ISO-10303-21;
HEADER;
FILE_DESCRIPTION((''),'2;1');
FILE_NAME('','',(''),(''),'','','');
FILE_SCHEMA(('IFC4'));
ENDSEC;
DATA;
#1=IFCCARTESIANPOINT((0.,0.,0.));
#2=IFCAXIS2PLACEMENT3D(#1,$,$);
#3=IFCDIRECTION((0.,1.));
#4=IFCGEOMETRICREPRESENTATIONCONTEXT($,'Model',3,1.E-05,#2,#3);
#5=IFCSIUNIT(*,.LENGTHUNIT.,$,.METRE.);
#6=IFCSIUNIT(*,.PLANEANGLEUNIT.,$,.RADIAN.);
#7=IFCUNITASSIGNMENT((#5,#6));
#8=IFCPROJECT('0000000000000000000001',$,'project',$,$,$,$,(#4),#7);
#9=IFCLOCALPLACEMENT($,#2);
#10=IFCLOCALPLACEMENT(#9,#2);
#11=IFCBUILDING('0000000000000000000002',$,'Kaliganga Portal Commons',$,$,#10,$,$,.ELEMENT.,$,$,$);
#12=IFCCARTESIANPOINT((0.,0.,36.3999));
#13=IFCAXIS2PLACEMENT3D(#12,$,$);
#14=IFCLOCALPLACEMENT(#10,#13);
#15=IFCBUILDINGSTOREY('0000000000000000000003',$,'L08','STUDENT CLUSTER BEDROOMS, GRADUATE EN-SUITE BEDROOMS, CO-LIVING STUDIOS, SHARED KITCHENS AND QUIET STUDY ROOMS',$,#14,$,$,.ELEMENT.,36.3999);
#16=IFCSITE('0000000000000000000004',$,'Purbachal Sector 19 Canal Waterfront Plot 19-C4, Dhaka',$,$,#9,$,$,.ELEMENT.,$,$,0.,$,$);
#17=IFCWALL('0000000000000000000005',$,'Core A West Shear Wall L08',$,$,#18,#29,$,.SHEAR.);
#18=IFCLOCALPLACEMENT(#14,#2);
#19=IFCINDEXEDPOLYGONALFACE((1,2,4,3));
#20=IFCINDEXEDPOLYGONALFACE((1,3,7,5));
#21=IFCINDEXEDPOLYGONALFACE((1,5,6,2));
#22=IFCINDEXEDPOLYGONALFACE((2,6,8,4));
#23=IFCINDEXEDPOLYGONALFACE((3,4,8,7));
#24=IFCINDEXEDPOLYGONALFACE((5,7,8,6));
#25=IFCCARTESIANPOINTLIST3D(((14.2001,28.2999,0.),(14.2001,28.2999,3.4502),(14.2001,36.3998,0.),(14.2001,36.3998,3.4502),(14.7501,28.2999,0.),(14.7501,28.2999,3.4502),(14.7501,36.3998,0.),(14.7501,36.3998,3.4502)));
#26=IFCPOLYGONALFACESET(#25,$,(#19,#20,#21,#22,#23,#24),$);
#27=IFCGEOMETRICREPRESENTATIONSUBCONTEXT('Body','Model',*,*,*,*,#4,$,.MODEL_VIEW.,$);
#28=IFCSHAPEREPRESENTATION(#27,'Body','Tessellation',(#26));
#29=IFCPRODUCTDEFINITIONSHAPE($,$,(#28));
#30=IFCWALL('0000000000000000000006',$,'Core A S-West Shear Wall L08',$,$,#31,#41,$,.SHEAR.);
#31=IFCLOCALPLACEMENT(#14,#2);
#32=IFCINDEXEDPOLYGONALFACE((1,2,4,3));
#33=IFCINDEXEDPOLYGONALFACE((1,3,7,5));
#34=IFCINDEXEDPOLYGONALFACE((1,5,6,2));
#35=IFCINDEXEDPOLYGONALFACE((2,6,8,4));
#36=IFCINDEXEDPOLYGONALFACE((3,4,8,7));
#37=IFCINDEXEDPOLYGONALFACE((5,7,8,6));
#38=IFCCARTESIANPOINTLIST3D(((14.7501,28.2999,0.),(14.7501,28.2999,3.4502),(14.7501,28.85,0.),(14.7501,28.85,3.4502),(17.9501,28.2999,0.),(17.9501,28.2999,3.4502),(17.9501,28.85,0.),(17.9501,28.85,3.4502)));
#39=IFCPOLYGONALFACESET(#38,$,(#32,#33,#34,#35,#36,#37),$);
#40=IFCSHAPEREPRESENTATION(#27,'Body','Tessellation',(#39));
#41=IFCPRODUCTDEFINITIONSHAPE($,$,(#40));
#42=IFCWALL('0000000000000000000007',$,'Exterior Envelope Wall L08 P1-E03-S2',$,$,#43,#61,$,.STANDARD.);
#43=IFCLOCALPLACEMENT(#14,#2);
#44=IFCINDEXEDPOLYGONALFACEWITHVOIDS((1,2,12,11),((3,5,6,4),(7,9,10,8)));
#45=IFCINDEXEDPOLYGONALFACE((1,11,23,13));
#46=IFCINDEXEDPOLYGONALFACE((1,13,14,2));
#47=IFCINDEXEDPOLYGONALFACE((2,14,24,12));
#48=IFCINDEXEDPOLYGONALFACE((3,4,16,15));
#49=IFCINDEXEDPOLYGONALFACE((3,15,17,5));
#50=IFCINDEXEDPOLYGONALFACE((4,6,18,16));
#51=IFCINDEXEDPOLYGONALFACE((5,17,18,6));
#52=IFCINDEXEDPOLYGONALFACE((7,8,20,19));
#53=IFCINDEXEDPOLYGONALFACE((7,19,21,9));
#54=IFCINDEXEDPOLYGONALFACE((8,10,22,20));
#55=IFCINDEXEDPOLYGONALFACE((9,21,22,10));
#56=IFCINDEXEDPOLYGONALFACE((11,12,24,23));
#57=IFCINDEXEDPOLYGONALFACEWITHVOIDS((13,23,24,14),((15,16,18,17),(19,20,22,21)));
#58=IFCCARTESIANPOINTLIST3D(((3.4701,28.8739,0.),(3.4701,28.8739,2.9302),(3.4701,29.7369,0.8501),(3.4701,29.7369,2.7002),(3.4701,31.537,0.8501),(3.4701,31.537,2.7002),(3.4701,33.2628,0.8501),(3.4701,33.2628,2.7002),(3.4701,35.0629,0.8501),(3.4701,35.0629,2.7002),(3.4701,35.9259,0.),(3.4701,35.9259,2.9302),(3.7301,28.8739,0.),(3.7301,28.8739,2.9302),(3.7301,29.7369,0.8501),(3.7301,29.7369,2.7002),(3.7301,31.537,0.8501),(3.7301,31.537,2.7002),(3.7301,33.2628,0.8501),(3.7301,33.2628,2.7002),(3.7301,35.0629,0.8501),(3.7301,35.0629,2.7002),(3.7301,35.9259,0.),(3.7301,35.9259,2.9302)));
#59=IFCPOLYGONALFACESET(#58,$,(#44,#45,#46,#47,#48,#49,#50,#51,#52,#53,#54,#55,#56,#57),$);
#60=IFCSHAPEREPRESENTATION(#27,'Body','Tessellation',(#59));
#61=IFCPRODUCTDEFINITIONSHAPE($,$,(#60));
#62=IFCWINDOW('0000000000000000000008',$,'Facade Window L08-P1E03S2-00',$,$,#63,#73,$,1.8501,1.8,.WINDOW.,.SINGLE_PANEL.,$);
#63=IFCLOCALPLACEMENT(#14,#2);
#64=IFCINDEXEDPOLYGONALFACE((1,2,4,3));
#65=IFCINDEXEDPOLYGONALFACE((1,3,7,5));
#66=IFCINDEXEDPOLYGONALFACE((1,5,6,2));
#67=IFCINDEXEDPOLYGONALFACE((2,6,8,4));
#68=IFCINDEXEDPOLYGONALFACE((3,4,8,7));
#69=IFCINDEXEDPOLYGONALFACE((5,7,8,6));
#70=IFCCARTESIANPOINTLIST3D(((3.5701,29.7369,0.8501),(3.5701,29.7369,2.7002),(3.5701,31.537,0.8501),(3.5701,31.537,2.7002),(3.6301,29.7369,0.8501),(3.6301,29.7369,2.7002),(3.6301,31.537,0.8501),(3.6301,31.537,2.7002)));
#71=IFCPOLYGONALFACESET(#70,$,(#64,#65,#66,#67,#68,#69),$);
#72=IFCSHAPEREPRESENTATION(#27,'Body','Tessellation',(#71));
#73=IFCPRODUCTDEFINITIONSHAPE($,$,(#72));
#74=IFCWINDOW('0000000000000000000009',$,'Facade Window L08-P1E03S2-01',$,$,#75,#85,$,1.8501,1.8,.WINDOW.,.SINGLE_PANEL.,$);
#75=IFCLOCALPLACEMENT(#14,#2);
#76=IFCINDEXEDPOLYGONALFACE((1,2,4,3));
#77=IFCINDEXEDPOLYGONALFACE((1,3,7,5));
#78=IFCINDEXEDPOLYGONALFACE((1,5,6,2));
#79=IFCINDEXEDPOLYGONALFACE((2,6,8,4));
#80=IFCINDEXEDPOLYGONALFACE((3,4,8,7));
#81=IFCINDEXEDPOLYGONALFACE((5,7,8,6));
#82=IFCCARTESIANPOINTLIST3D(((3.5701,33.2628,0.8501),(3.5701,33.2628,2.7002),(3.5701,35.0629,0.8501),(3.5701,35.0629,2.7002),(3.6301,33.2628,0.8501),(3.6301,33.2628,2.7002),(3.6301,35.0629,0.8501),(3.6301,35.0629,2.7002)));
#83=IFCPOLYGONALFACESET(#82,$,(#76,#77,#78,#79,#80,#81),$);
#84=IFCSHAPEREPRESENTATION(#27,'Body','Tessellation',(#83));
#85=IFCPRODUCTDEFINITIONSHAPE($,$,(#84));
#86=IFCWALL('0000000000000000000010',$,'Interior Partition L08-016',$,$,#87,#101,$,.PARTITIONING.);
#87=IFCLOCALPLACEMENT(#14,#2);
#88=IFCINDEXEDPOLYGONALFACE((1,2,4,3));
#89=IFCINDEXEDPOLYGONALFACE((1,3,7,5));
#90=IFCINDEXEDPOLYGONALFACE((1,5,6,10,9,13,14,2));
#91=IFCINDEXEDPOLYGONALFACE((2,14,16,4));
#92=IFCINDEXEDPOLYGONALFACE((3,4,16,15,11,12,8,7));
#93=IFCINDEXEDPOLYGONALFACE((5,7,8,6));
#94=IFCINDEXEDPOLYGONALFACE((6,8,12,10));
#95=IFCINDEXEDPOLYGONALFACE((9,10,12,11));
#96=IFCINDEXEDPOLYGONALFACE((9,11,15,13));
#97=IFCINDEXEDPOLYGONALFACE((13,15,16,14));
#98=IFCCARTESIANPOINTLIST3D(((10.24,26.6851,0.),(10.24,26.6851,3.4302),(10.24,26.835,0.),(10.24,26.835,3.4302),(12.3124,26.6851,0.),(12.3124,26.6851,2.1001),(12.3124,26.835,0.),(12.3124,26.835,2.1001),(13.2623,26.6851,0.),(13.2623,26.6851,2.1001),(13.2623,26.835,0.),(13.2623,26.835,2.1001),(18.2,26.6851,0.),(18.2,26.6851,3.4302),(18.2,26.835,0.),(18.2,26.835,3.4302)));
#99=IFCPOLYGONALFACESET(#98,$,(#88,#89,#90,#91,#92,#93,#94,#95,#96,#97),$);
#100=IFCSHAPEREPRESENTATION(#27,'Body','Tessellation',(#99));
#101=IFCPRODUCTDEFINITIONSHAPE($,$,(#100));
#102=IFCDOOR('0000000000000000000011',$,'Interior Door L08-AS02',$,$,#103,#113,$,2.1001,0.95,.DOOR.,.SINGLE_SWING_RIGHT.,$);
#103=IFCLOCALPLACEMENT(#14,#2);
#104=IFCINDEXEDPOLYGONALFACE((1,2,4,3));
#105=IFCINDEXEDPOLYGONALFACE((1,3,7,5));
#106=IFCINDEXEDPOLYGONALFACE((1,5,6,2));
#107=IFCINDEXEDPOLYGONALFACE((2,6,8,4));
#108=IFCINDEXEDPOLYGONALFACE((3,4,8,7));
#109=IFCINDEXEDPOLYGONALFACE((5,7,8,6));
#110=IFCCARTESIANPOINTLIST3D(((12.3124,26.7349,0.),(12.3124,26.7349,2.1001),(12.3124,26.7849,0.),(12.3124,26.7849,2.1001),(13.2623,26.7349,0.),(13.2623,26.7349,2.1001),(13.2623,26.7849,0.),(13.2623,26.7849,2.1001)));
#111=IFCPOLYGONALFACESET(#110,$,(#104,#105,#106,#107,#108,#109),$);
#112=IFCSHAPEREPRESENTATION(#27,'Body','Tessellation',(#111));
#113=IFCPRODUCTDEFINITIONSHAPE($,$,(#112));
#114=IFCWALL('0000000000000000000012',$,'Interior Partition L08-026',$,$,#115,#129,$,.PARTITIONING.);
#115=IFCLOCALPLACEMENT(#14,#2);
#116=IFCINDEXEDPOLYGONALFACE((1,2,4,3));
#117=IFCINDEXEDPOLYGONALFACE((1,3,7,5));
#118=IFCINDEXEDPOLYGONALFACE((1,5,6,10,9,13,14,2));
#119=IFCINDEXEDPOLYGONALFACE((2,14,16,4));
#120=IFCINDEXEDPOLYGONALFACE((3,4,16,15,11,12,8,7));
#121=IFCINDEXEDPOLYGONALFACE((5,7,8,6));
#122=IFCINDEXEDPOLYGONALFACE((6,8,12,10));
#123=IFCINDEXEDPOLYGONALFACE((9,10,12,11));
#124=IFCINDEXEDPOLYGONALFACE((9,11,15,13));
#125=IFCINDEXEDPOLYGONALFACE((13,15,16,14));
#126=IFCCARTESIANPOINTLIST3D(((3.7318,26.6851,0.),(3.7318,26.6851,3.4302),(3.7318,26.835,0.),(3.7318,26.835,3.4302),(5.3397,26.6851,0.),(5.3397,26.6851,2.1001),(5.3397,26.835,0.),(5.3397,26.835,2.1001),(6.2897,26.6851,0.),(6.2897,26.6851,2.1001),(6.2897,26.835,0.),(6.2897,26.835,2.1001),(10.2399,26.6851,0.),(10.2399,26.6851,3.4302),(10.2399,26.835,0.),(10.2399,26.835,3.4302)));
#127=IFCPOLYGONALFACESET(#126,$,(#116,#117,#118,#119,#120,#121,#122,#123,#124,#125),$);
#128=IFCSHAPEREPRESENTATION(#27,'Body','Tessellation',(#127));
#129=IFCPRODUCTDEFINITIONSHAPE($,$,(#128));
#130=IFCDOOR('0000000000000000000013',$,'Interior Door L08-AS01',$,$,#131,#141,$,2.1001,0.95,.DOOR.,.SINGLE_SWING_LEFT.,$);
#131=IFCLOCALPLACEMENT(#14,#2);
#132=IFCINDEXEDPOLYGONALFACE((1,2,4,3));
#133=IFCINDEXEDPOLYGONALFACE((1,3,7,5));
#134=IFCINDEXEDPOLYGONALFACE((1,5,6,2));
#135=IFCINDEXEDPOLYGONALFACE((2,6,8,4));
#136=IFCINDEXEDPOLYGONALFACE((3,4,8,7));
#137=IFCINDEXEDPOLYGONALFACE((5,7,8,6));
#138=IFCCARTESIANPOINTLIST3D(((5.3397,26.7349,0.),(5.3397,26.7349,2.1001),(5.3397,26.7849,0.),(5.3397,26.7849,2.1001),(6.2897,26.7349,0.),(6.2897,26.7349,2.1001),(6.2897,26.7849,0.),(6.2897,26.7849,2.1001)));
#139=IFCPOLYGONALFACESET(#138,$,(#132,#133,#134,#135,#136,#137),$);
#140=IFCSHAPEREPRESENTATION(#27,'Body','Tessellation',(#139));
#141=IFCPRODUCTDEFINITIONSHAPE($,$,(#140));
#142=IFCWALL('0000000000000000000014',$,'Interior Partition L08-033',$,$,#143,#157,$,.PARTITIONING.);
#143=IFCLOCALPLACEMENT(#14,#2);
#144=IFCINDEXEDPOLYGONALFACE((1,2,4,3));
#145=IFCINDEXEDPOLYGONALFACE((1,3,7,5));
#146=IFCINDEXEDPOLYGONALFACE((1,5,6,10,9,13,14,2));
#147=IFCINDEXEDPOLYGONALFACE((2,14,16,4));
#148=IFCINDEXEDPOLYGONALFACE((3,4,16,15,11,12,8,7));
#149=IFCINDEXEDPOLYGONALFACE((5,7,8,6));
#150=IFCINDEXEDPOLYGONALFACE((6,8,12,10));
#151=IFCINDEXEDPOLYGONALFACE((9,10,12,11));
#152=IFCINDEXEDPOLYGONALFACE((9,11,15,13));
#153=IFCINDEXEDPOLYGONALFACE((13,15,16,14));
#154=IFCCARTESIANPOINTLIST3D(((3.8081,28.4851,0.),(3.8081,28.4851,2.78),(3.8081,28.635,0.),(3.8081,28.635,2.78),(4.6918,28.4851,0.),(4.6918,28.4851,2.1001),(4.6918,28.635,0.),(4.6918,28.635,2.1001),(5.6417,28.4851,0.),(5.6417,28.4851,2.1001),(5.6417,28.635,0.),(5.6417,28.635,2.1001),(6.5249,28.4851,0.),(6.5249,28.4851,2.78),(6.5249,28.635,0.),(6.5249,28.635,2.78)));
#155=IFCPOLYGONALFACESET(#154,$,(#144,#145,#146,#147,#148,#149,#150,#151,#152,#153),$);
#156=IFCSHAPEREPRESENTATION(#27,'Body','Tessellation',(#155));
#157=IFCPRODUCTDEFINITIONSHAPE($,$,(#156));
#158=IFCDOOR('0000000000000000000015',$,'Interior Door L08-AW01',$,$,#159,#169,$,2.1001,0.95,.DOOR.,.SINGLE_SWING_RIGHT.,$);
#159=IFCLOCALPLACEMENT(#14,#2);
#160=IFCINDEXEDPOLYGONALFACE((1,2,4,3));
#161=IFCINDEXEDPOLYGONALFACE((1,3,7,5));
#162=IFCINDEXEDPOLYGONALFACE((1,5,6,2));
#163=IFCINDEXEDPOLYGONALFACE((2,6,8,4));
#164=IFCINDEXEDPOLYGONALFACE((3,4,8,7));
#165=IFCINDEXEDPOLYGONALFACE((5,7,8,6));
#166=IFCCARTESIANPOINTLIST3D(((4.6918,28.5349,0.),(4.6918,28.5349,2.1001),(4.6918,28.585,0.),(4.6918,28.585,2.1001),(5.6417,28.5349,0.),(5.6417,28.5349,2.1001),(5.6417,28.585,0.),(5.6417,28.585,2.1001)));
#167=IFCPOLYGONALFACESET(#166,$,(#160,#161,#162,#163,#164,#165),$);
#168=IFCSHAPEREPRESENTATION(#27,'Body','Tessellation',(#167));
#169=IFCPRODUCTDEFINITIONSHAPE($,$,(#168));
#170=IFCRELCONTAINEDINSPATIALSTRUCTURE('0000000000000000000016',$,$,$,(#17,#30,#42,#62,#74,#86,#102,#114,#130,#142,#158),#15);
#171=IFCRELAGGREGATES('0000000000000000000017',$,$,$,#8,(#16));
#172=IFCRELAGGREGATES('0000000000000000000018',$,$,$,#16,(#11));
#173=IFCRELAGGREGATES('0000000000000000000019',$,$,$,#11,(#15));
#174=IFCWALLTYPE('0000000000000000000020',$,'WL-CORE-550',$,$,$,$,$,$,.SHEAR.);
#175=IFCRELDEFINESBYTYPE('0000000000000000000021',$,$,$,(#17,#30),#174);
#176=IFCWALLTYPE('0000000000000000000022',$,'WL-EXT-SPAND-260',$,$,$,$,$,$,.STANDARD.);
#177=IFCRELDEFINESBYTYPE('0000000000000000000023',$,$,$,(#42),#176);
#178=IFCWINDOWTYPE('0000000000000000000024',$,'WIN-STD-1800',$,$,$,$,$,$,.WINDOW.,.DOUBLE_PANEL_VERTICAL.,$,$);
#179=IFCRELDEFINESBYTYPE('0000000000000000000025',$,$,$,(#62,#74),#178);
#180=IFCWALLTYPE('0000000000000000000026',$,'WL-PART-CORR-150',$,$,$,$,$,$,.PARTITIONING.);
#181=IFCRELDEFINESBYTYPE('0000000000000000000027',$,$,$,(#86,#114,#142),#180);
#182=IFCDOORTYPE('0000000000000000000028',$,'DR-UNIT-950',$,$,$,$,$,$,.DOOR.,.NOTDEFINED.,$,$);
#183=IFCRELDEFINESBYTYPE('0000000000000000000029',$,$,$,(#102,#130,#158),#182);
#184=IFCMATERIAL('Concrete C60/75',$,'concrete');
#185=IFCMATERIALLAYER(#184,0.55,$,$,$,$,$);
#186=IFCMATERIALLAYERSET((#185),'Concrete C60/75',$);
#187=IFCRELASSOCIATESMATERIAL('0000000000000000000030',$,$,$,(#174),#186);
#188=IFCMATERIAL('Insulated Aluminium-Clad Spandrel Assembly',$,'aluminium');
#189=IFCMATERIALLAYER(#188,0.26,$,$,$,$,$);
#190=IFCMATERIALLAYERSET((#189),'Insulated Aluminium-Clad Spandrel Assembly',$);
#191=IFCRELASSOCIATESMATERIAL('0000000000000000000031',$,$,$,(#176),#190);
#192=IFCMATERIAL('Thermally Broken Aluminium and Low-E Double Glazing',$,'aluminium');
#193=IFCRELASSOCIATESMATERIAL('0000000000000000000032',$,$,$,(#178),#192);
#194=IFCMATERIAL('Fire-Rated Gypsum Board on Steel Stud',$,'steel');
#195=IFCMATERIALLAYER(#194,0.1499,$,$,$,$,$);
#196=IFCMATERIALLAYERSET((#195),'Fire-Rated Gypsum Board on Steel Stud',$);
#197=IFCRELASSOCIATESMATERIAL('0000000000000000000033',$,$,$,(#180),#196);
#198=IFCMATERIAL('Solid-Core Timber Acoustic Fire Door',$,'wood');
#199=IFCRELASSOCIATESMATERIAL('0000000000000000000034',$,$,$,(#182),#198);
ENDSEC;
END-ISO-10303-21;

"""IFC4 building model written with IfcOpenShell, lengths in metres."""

from ifc_helpers import new_model, si_unit, direction, frame, frame_2d, origin, place, context, subcontext, project, spatial, rectangle, extrude, material, layer, layer_set, type_object, element, fill, save


model = new_model("IFC4")

# Units and contexts
model_context = context("Model", 3, precision=1e-05, world=origin(), true_north=direction((0.0, 1.0)))
body_context = subcontext(model_context, "Body", "Model", "MODEL_VIEW")
ifc_project = project(units=[si_unit("LENGTHUNIT", "METRE"), si_unit("PLANEANGLEUNIT", "RADIAN")], contexts=[model_context])

# Site, building, storey
site_placement = place(None, origin())
site = spatial("IfcSite", under=ifc_project, at=site_placement, Name="Purbachal Sector 19 Canal Waterfront Plot 19-C4, Dhaka", CompositionType="ELEMENT", RefElevation=0.0)
building_placement = place(site_placement, origin())
building = spatial("IfcBuilding", under=site, at=building_placement, Name="Kaliganga Portal Commons", CompositionType="ELEMENT")
storey_placement = place(building_placement, frame((0.0, 0.0, 36.3999)))
storey = spatial("IfcBuildingStorey", under=building, at=storey_placement, Name="L08", Description="STUDENT CLUSTER BEDROOMS, GRADUATE EN-SUITE BEDROOMS, CO-LIVING STUDIOS, SHARED KITCHENS AND QUIET STUDY ROOMS", CompositionType="ELEMENT", Elevation=36.3999)

# Shared definitions
ifc_material_1 = material(Name="Concrete C60/75", Category="concrete")

# Walls
ifc_layer_1 = layer(ifc_material_1, 0.55)
ifc_layer_set_1 = layer_set([ifc_layer_1], Name="Concrete C60/75")
wall_type_1 = type_object("IfcWallType", Name="WL-CORE-550", PredefinedType="SHEAR", material=ifc_layer_set_1)
wall_1_placement = place(storey_placement, frame((14.4751, 28.3, 0.0), z_axis=(0.0, 0.0, 1.0), x_axis=(0.0, 1.0, 0.0)))
element("IfcWall", 1, at=wall_1_placement, inside=storey, type_object=wall_type_1, Name="Core A West Shear Wall L08", PredefinedType="SHEAR", context=body_context, shape_type="SweptSolid", body=[
    extrude(rectangle(XDim=8.0999, YDim=0.55, at=frame_2d((4.0498, 0.0))), origin(), (0.0, 0.0, 1.0), 3.4502),
])
wall_2_placement = place(storey_placement, frame((14.75, 28.575, 0.0), z_axis=(0.0, 0.0, 1.0), x_axis=(1.0, 0.0, 0.0)))
element("IfcWall", 2, at=wall_2_placement, inside=storey, type_object=wall_type_1, Name="Core A S-West Shear Wall L08", PredefinedType="SHEAR", context=body_context, shape_type="SweptSolid", body=[
    extrude(rectangle(XDim=3.2, YDim=0.55, at=frame_2d((1.6001, 0.0))), origin(), (0.0, 0.0, 1.0), 3.4502),
])

# Wall, openings, windows
ifc_material_2 = material(Name="Insulated Aluminium-Clad Spandrel Assembly", Category="aluminium")
ifc_layer_2 = layer(ifc_material_2, 0.26)
ifc_layer_set_2 = layer_set([ifc_layer_2], Name="Insulated Aluminium-Clad Spandrel Assembly")
wall_type_2 = type_object("IfcWallType", Name="WL-EXT-SPAND-260", PredefinedType="STANDARD", material=ifc_layer_set_2)
wall_3_placement = place(storey_placement, frame((3.6001, 28.874, 0.0), z_axis=(0.0, 0.0, 1.0), x_axis=(0.0, 1.0, 0.0)))
wall_3 = element("IfcWall", 3, at=wall_3_placement, inside=storey, type_object=wall_type_2, Name="Exterior Envelope Wall L08 P1-E03-S2", PredefinedType="STANDARD", context=body_context, shape_type="SweptSolid", body=[
    extrude(rectangle(XDim=7.052, YDim=0.26, at=frame_2d((3.5259, 0.0))), origin(), (0.0, 0.0, 1.0), 2.9302),
])
opening_1_placement = place(wall_3_placement, frame((0.863, 0.0, 0.8501)))
opening_1 = element("IfcOpeningElement", 4, at=opening_1_placement, cuts=wall_3, PredefinedType="OPENING", context=body_context, shape_type="SweptSolid", body=[
    extrude(rectangle(XDim=1.8, YDim=1.8501, at=frame_2d((0.8999, 0.925))), frame((0.0, 0.1401, 0.0), z_axis=(0.0, -1.0, 0.0), x_axis=(1.0, 0.0, 0.0)), (0.0, 0.0, 1.0), 0.28),
])
opening_2_placement = place(wall_3_placement, frame((4.3889, 0.0, 0.8501)))
opening_2 = element("IfcOpeningElement", 5, at=opening_2_placement, cuts=wall_3, PredefinedType="OPENING", context=body_context, shape_type="SweptSolid", body=[
    extrude(rectangle(XDim=1.8, YDim=1.8501, at=frame_2d((0.8999, 0.925))), frame((0.0, 0.1401, 0.0), z_axis=(0.0, -1.0, 0.0), x_axis=(1.0, 0.0, 0.0)), (0.0, 0.0, 1.0), 0.28),
])
ifc_material_3 = material(Name="Thermally Broken Aluminium and Low-E Double Glazing", Category="aluminium")
window_type = type_object("IfcWindowType", Name="WIN-STD-1800", PartitioningType="DOUBLE_PANEL_VERTICAL", PredefinedType="WINDOW", material=ifc_material_3)
window_1_placement = place(opening_1_placement, origin())
window_1 = element("IfcWindow", 6, at=window_1_placement, inside=storey, type_object=window_type, Name="Facade Window L08-P1E03S2-00", OverallHeight=1.8501, OverallWidth=1.8, PartitioningType="SINGLE_PANEL", PredefinedType="WINDOW", context=body_context, shape_type="SweptSolid", body=[
    extrude(rectangle(XDim=1.8, YDim=1.8501, at=frame_2d((0.8999, 0.925))), frame((0.0, 0.03, 0.0), z_axis=(0.0, -1.0, 0.0), x_axis=(1.0, 0.0, 0.0)), (0.0, 0.0, 1.0), 0.0601),
])
fill(opening_1, window_1)
window_2_placement = place(opening_2_placement, origin())
window_2 = element("IfcWindow", 7, at=window_2_placement, inside=storey, type_object=window_type, Name="Facade Window L08-P1E03S2-01", OverallHeight=1.8501, OverallWidth=1.8, PartitioningType="SINGLE_PANEL", PredefinedType="WINDOW", context=body_context, shape_type="SweptSolid", body=[
    extrude(rectangle(XDim=1.8, YDim=1.8501, at=frame_2d((0.8999, 0.925))), frame((0.0, 0.03, 0.0), z_axis=(0.0, -1.0, 0.0), x_axis=(1.0, 0.0, 0.0)), (0.0, 0.0, 1.0), 0.0601),
])
fill(opening_2, window_2)

# Walls, openings, doors
ifc_material_4 = material(Name="Fire-Rated Gypsum Board on Steel Stud", Category="steel")
ifc_layer_3 = layer(ifc_material_4, 0.1499)
ifc_layer_set_3 = layer_set([ifc_layer_3], Name="Fire-Rated Gypsum Board on Steel Stud")
wall_type_3 = type_object("IfcWallType", Name="WL-PART-CORR-150", PredefinedType="PARTITIONING", material=ifc_layer_set_3)
wall_4_placement = place(storey_placement, frame((10.24, 26.76, 0.0), z_axis=(0.0, 0.0, 1.0), x_axis=(1.0, 0.0, 0.0)))
wall_4 = element("IfcWall", 8, at=wall_4_placement, inside=storey, type_object=wall_type_3, Name="Interior Partition L08-016", PredefinedType="PARTITIONING", context=body_context, shape_type="SweptSolid", body=[
    extrude(rectangle(XDim=7.96, YDim=0.1499, at=frame_2d((3.98, 0.0))), origin(), (0.0, 0.0, 1.0), 3.4302),
])
opening_3_placement = place(wall_4_placement, frame((2.0723, 0.0, 0.0)))
opening_3 = element("IfcOpeningElement", 9, at=opening_3_placement, cuts=wall_4, PredefinedType="OPENING", context=body_context, shape_type="SweptSolid", body=[
    extrude(rectangle(XDim=0.95, YDim=2.1001, at=frame_2d((0.4751, 1.05))), frame((0.0, 0.085, 0.0), z_axis=(0.0, -1.0, 0.0), x_axis=(1.0, 0.0, 0.0)), (0.0, 0.0, 1.0), 0.1699),
])
ifc_material_5 = material(Name="Solid-Core Timber Acoustic Fire Door", Category="wood")
door_type_1 = type_object("IfcDoorType", Name="DR-UNIT-950", OperationType="NOTDEFINED", PredefinedType="DOOR", material=ifc_material_5)
door_1_placement = place(opening_3_placement, origin())
door_1 = element("IfcDoor", 10, at=door_1_placement, inside=storey, type_object=door_type_1, Name="Interior Door L08-AS02", OperationType="SINGLE_SWING_RIGHT", OverallHeight=2.1001, OverallWidth=0.95, PredefinedType="DOOR", context=body_context, shape_type="SweptSolid", body=[
    extrude(rectangle(XDim=0.95, YDim=2.1001, at=frame_2d((0.4751, 1.05))), frame((0.0, 0.0249, 0.0), z_axis=(0.0, -1.0, 0.0), x_axis=(1.0, 0.0, 0.0)), (0.0, 0.0, 1.0), 0.05),
])
fill(opening_3, door_1)
wall_5_placement = place(storey_placement, frame((3.7319, 26.76, 0.0), z_axis=(0.0, 0.0, 1.0), x_axis=(1.0, 0.0, 0.0)))
wall_5 = element("IfcWall", 11, at=wall_5_placement, inside=storey, type_object=wall_type_3, Name="Interior Partition L08-026", PredefinedType="PARTITIONING", context=body_context, shape_type="SweptSolid", body=[
    extrude(rectangle(XDim=6.5081, YDim=0.1499, at=frame_2d((3.2539, 0.0))), origin(), (0.0, 0.0, 1.0), 3.4302),
])
opening_4_placement = place(wall_5_placement, frame((1.6077, 0.0, 0.0)))
opening_4 = element("IfcOpeningElement", 12, at=opening_4_placement, cuts=wall_5, PredefinedType="OPENING", context=body_context, shape_type="SweptSolid", body=[
    extrude(rectangle(XDim=0.95, YDim=2.1001, at=frame_2d((0.4751, 1.05))), frame((0.0, 0.085, 0.0), z_axis=(0.0, -1.0, 0.0), x_axis=(1.0, 0.0, 0.0)), (0.0, 0.0, 1.0), 0.1699),
])
door_2_placement = place(opening_4_placement, origin())
door_2 = element("IfcDoor", 13, at=door_2_placement, inside=storey, type_object=door_type_1, Name="Interior Door L08-AS01", OperationType="SINGLE_SWING_LEFT", OverallHeight=2.1001, OverallWidth=0.95, PredefinedType="DOOR", context=body_context, shape_type="SweptSolid", body=[
    extrude(rectangle(XDim=0.95, YDim=2.1001, at=frame_2d((0.4751, 1.05))), frame((0.0, 0.0249, 0.0), z_axis=(0.0, -1.0, 0.0), x_axis=(1.0, 0.0, 0.0)), (0.0, 0.0, 1.0), 0.05),
])
fill(opening_4, door_2)
wall_6_placement = place(storey_placement, frame((3.8081, 28.5601, 0.0), z_axis=(0.0, 0.0, 1.0), x_axis=(1.0, 0.0, 0.0)))
wall_6 = element("IfcWall", 14, at=wall_6_placement, inside=storey, type_object=wall_type_3, Name="Interior Partition L08-033", PredefinedType="PARTITIONING", context=body_context, shape_type="SweptSolid", body=[
    extrude(rectangle(XDim=2.7168, YDim=0.1499, at=frame_2d((1.3584, 0.0))), origin(), (0.0, 0.0, 1.0), 2.78),
])
opening_5_placement = place(wall_6_placement, frame((0.8835, 0.0, 0.0)))
opening_5 = element("IfcOpeningElement", 15, at=opening_5_placement, cuts=wall_6, PredefinedType="OPENING", context=body_context, shape_type="SweptSolid", body=[
    extrude(rectangle(XDim=0.95, YDim=2.1001, at=frame_2d((0.4751, 1.05))), frame((0.0, 0.085, 0.0), z_axis=(0.0, -1.0, 0.0), x_axis=(1.0, 0.0, 0.0)), (0.0, 0.0, 1.0), 0.1699),
])
door_3_placement = place(opening_5_placement, origin())
door_3 = element("IfcDoor", 16, at=door_3_placement, inside=storey, type_object=door_type_1, Name="Interior Door L08-AW01", OperationType="SINGLE_SWING_RIGHT", OverallHeight=2.1001, OverallWidth=0.95, PredefinedType="DOOR", context=body_context, shape_type="SweptSolid", body=[
    extrude(rectangle(XDim=0.95, YDim=2.1001, at=frame_2d((0.4751, 1.05))), frame((0.0, 0.0249, 0.0), z_axis=(0.0, -1.0, 0.0), x_axis=(1.0, 0.0, 0.0)), (0.0, 0.0, 1.0), 0.05),
])
fill(opening_5, door_3)

save(model, "model.ifc")
